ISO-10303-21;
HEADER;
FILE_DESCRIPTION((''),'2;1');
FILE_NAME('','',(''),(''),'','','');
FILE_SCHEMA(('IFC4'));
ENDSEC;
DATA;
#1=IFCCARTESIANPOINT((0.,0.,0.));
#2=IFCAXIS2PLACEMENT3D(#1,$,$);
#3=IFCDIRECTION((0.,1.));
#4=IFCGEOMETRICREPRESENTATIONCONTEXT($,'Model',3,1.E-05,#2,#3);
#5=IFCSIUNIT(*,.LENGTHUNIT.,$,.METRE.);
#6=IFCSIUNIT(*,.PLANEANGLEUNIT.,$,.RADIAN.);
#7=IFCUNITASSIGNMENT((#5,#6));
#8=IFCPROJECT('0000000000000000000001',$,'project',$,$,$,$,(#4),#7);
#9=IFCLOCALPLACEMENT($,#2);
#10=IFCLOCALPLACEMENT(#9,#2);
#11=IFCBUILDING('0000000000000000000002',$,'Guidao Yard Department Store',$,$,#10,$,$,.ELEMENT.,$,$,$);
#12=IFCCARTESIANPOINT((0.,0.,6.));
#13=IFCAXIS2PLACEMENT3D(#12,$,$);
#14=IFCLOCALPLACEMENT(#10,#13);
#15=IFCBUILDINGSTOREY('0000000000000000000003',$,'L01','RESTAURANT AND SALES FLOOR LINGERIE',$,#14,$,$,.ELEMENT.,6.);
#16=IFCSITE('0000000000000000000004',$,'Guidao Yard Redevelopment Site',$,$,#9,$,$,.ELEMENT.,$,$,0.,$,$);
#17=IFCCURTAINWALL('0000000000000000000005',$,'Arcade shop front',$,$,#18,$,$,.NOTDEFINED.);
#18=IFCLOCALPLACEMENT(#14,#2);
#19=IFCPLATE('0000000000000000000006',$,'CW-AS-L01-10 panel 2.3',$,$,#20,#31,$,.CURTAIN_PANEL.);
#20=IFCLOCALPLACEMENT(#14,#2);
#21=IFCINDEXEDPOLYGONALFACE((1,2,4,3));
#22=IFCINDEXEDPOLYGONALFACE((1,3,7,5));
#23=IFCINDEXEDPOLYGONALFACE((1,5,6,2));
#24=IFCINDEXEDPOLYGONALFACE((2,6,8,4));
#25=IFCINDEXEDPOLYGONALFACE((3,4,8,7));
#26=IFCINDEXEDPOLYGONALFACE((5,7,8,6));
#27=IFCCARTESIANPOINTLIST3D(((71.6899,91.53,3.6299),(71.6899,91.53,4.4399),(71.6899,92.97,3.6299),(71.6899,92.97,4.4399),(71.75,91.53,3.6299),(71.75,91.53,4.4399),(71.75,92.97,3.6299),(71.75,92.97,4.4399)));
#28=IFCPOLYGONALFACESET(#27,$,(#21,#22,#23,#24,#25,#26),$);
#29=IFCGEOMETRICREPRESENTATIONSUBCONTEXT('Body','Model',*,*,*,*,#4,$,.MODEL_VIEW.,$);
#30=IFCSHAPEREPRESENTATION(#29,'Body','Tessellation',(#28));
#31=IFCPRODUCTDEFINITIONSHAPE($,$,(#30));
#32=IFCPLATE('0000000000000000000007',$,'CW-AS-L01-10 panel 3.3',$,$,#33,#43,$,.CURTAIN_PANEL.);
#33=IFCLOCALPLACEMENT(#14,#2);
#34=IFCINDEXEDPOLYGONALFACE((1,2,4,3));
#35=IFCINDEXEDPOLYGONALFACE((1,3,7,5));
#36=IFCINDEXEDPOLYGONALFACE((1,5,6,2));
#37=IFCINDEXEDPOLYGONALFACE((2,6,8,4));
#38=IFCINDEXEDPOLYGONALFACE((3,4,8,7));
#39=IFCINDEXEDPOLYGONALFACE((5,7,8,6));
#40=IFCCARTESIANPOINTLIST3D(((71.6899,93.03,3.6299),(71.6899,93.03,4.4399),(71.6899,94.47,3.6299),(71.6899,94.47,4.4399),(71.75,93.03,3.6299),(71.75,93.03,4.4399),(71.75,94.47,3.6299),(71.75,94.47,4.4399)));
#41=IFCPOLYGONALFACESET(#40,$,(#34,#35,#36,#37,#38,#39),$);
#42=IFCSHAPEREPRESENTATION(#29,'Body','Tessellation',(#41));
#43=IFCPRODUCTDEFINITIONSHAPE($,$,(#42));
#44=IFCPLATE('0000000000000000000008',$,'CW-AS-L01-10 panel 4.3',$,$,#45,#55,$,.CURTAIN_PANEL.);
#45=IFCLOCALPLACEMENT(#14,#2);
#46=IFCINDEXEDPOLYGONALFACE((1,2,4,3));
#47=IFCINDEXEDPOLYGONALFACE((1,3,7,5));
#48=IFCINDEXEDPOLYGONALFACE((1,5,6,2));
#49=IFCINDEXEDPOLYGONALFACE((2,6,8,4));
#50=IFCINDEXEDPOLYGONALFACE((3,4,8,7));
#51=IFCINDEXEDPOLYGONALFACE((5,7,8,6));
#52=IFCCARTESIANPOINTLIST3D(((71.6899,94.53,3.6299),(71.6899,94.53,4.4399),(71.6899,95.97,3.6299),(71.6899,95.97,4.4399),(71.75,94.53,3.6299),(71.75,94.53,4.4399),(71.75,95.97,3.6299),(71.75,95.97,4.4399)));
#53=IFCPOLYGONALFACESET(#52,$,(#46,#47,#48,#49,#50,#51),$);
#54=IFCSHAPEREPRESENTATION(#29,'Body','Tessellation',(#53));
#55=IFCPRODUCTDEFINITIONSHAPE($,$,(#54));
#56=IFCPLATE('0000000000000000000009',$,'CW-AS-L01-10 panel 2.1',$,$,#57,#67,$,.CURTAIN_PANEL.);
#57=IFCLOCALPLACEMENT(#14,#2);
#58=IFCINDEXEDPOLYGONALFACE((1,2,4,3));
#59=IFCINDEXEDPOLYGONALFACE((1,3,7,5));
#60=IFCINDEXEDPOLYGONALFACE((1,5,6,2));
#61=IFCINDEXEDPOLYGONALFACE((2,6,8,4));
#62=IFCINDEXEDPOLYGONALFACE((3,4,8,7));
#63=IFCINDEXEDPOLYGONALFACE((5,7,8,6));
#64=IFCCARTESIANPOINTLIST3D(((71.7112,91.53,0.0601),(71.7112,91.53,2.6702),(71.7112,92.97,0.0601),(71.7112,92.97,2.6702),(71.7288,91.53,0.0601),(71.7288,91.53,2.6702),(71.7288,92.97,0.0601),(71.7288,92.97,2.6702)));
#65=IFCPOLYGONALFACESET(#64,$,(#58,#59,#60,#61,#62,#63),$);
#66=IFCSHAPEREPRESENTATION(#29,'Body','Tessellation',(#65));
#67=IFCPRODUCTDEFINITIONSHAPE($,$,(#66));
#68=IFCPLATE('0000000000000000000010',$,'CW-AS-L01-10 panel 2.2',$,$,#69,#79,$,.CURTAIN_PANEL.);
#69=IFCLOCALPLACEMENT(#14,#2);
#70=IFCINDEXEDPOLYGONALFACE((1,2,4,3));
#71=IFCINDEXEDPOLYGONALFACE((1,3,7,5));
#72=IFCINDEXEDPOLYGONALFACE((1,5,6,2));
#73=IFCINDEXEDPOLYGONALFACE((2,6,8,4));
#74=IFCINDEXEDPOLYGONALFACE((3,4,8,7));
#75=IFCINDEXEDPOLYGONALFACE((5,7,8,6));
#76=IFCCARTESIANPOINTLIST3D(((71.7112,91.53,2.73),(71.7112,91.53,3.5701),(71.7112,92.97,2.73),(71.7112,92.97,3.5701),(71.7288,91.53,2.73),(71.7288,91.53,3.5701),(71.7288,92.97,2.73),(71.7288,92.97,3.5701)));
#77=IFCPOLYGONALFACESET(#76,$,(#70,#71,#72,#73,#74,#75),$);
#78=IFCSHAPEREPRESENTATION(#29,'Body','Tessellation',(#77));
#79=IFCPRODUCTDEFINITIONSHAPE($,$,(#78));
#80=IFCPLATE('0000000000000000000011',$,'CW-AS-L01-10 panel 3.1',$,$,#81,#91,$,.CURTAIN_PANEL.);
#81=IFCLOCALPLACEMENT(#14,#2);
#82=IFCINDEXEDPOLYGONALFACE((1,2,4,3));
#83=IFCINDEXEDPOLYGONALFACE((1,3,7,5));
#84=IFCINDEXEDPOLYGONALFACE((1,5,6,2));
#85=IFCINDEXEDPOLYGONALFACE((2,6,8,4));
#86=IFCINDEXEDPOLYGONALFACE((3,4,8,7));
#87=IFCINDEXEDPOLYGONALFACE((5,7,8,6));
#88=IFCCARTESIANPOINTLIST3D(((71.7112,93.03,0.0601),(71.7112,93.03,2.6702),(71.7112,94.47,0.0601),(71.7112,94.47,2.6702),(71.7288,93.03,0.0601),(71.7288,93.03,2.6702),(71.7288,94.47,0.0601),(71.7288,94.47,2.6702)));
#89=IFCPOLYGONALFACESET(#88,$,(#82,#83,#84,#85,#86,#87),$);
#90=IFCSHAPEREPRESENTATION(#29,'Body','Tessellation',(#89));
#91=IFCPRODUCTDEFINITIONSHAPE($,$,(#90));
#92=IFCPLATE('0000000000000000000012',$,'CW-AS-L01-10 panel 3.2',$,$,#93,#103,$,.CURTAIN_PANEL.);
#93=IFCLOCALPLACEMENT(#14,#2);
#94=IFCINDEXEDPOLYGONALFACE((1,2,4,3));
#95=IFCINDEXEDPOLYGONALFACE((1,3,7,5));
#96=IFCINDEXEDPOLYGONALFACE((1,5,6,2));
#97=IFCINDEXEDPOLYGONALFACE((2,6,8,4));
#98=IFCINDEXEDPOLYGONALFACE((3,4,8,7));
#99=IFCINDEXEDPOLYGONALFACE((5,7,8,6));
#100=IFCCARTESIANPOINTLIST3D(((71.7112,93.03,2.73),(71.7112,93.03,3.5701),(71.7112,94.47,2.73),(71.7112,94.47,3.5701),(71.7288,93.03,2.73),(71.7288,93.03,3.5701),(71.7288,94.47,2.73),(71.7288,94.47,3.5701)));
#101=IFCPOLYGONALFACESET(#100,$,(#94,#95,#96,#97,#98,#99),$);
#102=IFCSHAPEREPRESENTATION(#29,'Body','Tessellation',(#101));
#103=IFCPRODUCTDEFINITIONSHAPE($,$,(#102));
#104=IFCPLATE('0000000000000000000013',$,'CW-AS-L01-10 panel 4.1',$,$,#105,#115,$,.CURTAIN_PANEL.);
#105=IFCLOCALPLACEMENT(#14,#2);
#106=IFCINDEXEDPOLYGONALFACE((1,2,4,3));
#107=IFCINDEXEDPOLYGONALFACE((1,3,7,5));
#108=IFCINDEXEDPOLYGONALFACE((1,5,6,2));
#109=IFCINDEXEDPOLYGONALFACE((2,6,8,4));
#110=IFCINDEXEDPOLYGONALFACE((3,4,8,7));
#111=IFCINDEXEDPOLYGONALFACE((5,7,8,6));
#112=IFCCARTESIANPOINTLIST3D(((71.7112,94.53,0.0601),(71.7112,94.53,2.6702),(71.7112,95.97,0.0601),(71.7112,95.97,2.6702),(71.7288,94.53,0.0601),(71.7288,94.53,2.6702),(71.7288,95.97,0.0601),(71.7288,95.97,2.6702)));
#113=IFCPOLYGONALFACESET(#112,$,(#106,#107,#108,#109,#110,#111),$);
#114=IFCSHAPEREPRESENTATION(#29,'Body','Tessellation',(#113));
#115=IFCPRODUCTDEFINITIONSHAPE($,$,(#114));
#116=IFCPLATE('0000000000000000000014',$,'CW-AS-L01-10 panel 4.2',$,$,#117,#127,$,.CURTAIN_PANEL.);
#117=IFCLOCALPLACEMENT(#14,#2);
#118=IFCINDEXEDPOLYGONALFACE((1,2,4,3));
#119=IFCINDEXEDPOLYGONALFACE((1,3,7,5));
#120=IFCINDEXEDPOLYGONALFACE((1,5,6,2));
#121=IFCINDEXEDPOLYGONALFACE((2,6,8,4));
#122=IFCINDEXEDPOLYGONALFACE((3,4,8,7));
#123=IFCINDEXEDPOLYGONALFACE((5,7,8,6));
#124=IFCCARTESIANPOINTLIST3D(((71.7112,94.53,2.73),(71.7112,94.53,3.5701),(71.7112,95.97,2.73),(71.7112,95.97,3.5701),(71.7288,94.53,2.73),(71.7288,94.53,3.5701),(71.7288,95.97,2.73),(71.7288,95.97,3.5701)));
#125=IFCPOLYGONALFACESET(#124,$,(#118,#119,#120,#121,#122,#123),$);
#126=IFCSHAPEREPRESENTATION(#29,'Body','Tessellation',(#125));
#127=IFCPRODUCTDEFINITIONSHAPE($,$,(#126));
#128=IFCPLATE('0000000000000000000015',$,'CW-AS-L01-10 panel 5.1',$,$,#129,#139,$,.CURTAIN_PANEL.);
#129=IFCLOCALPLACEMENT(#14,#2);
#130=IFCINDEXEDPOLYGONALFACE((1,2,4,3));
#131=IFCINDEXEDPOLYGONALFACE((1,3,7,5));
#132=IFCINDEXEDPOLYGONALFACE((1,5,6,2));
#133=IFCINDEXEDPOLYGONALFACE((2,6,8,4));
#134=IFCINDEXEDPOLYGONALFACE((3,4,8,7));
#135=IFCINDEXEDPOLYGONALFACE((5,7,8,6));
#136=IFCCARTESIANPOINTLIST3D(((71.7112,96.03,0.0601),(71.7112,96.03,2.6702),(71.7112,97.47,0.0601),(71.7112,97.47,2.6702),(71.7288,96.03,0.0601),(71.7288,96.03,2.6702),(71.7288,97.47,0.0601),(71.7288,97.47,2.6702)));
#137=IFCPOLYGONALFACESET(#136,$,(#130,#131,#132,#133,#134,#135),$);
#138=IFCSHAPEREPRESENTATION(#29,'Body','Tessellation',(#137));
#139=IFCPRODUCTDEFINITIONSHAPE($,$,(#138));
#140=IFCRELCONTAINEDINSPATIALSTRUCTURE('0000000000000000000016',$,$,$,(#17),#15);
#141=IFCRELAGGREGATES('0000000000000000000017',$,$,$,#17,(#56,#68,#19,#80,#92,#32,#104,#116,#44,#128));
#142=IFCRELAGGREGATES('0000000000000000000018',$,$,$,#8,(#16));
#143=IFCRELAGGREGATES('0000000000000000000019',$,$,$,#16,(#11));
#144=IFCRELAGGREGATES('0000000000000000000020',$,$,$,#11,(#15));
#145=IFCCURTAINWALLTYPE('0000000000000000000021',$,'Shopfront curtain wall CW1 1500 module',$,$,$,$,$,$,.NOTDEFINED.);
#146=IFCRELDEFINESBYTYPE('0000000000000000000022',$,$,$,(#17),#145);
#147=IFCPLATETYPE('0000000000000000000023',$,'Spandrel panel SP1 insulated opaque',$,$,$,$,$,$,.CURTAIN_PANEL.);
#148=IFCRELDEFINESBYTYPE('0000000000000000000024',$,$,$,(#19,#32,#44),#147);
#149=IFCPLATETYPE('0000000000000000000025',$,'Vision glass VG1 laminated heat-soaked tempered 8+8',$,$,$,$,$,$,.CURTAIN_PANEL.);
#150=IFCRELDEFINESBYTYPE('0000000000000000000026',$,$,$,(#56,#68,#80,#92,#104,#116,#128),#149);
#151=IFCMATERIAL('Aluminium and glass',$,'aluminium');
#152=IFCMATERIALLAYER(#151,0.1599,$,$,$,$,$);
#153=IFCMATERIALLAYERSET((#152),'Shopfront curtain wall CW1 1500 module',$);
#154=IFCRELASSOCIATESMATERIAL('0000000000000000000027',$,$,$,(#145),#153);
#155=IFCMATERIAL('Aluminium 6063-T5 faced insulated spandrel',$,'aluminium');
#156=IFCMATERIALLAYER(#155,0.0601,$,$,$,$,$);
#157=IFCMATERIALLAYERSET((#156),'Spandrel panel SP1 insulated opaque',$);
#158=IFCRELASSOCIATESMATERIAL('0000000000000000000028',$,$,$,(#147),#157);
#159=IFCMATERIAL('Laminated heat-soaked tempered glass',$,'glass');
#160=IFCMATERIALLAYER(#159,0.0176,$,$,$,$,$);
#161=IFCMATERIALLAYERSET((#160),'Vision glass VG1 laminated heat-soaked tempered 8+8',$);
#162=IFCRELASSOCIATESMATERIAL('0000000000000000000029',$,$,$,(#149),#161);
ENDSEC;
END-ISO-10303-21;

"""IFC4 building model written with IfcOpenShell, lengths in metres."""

from ifc_helpers import new_model, si_unit, direction, frame, origin, origin_2d, place, context, subcontext, project, spatial, rectangle, extrude, material, layer, layer_set, type_object, element, aggregate, save


model = new_model("IFC4")

# Units and contexts
model_context = context("Model", 3, precision=1e-05, world=origin(), true_north=direction((0.0, 1.0)))
body_context = subcontext(model_context, "Body", "Model", "MODEL_VIEW")
ifc_project = project(units=[si_unit("LENGTHUNIT", "METRE"), si_unit("PLANEANGLEUNIT", "RADIAN")], contexts=[model_context])

# Site, building, storey
site_placement = place(None, origin())
site = spatial("IfcSite", under=ifc_project, at=site_placement, Name="Guidao Yard Redevelopment Site", CompositionType="ELEMENT", RefElevation=0.0)
building_placement = place(site_placement, origin())
building = spatial("IfcBuilding", under=site, at=building_placement, Name="Guidao Yard Department Store", CompositionType="ELEMENT")
storey_placement = place(building_placement, frame((0.0, 0.0, 6.0)))
storey = spatial("IfcBuildingStorey", under=building, at=storey_placement, Name="L01", Description="RESTAURANT AND SALES FLOOR LINGERIE", CompositionType="ELEMENT", Elevation=6.0)

# Curtain wall, plates
ifc_material_1 = material(Name="Aluminium and glass", Category="aluminium")
ifc_layer_1 = layer(ifc_material_1, 0.1599)
ifc_layer_set_1 = layer_set([ifc_layer_1], Name="Shopfront curtain wall CW1 1500 module")
curtain_wall_type = type_object("IfcCurtainWallType", Name="Shopfront curtain wall CW1 1500 module", PredefinedType="NOTDEFINED", material=ifc_layer_set_1)
curtain_wall_placement = place(storey_placement, origin())
curtain_wall = element("IfcCurtainWall", 1, at=curtain_wall_placement, inside=storey, type_object=curtain_wall_type, Name="Arcade shop front", PredefinedType="NOTDEFINED")
ifc_material_2 = material(Name="Aluminium 6063-T5 faced insulated spandrel", Category="aluminium")
ifc_layer_2 = layer(ifc_material_2, 0.0601)
ifc_layer_set_2 = layer_set([ifc_layer_2], Name="Spandrel panel SP1 insulated opaque")
plate_type_1 = type_object("IfcPlateType", Name="Spandrel panel SP1 insulated opaque", PredefinedType="CURTAIN_PANEL", material=ifc_layer_set_2)
plate_1_placement = place(storey_placement, frame((71.72, 92.25, 3.6299), z_axis=(0.0, 0.0, 1.0), x_axis=(0.0, 1.0, 0.0)))
plate_1 = element("IfcPlate", 2, at=plate_1_placement, type_object=plate_type_1, Name="CW-AS-L01-10 panel 2.3", PredefinedType="CURTAIN_PANEL", context=body_context, shape_type="SweptSolid", body=[
    extrude(rectangle(XDim=1.4399, YDim=0.0601, at=origin_2d()), origin(), (0.0, 0.0, 1.0), 0.8101),
])
plate_2_placement = place(storey_placement, frame((71.72, 93.75, 3.6299), z_axis=(0.0, 0.0, 1.0), x_axis=(0.0, 1.0, 0.0)))
plate_2 = element("IfcPlate", 3, at=plate_2_placement, type_object=plate_type_1, Name="CW-AS-L01-10 panel 3.3", PredefinedType="CURTAIN_PANEL", context=body_context, shape_type="SweptSolid", body=[
    extrude(rectangle(XDim=1.4399, YDim=0.0601, at=origin_2d()), origin(), (0.0, 0.0, 1.0), 0.8101),
])
plate_3_placement = place(storey_placement, frame((71.72, 95.25, 3.6299), z_axis=(0.0, 0.0, 1.0), x_axis=(0.0, 1.0, 0.0)))
plate_3 = element("IfcPlate", 4, at=plate_3_placement, type_object=plate_type_1, Name="CW-AS-L01-10 panel 4.3", PredefinedType="CURTAIN_PANEL", context=body_context, shape_type="SweptSolid", body=[
    extrude(rectangle(XDim=1.4399, YDim=0.0601, at=origin_2d()), origin(), (0.0, 0.0, 1.0), 0.8101),
])
ifc_material_3 = material(Name="Laminated heat-soaked tempered glass", Category="glass")
ifc_layer_3 = layer(ifc_material_3, 0.0176)
ifc_layer_set_3 = layer_set([ifc_layer_3], Name="Vision glass VG1 laminated heat-soaked tempered 8+8")
plate_type_2 = type_object("IfcPlateType", Name="Vision glass VG1 laminated heat-soaked tempered 8+8", PredefinedType="CURTAIN_PANEL", material=ifc_layer_set_3)
plate_4_placement = place(storey_placement, frame((71.72, 92.25, 0.0601), z_axis=(0.0, 0.0, 1.0), x_axis=(0.0, 1.0, 0.0)))
plate_4 = element("IfcPlate", 5, at=plate_4_placement, type_object=plate_type_2, Name="CW-AS-L01-10 panel 2.1", PredefinedType="CURTAIN_PANEL", context=body_context, shape_type="SweptSolid", body=[
    extrude(rectangle(XDim=1.4399, YDim=0.0176, at=origin_2d()), origin(), (0.0, 0.0, 1.0), 2.6101),
])
plate_5_placement = place(storey_placement, frame((71.72, 92.25, 2.73), z_axis=(0.0, 0.0, 1.0), x_axis=(0.0, 1.0, 0.0)))
plate_5 = element("IfcPlate", 6, at=plate_5_placement, type_object=plate_type_2, Name="CW-AS-L01-10 panel 2.2", PredefinedType="CURTAIN_PANEL", context=body_context, shape_type="SweptSolid", body=[
    extrude(rectangle(XDim=1.4399, YDim=0.0176, at=origin_2d()), origin(), (0.0, 0.0, 1.0), 0.8401),
])
plate_6_placement = place(storey_placement, frame((71.72, 93.75, 0.0601), z_axis=(0.0, 0.0, 1.0), x_axis=(0.0, 1.0, 0.0)))
plate_6 = element("IfcPlate", 7, at=plate_6_placement, type_object=plate_type_2, Name="CW-AS-L01-10 panel 3.1", PredefinedType="CURTAIN_PANEL", context=body_context, shape_type="SweptSolid", body=[
    extrude(rectangle(XDim=1.4399, YDim=0.0176, at=origin_2d()), origin(), (0.0, 0.0, 1.0), 2.6101),
])
plate_7_placement = place(storey_placement, frame((71.72, 93.75, 2.73), z_axis=(0.0, 0.0, 1.0), x_axis=(0.0, 1.0, 0.0)))
plate_7 = element("IfcPlate", 8, at=plate_7_placement, type_object=plate_type_2, Name="CW-AS-L01-10 panel 3.2", PredefinedType="CURTAIN_PANEL", context=body_context, shape_type="SweptSolid", body=[
    extrude(rectangle(XDim=1.4399, YDim=0.0176, at=origin_2d()), origin(), (0.0, 0.0, 1.0), 0.8401),
])
plate_8_placement = place(storey_placement, frame((71.72, 95.25, 0.0601), z_axis=(0.0, 0.0, 1.0), x_axis=(0.0, 1.0, 0.0)))
plate_8 = element("IfcPlate", 9, at=plate_8_placement, type_object=plate_type_2, Name="CW-AS-L01-10 panel 4.1", PredefinedType="CURTAIN_PANEL", context=body_context, shape_type="SweptSolid", body=[
    extrude(rectangle(XDim=1.4399, YDim=0.0176, at=origin_2d()), origin(), (0.0, 0.0, 1.0), 2.6101),
])
plate_9_placement = place(storey_placement, frame((71.72, 95.25, 2.73), z_axis=(0.0, 0.0, 1.0), x_axis=(0.0, 1.0, 0.0)))
plate_9 = element("IfcPlate", 10, at=plate_9_placement, type_object=plate_type_2, Name="CW-AS-L01-10 panel 4.2", PredefinedType="CURTAIN_PANEL", context=body_context, shape_type="SweptSolid", body=[
    extrude(rectangle(XDim=1.4399, YDim=0.0176, at=origin_2d()), origin(), (0.0, 0.0, 1.0), 0.8401),
])
plate_10_placement = place(storey_placement, frame((71.72, 96.75, 0.0601), z_axis=(0.0, 0.0, 1.0), x_axis=(0.0, 1.0, 0.0)))
plate_10 = element("IfcPlate", 11, at=plate_10_placement, type_object=plate_type_2, Name="CW-AS-L01-10 panel 5.1", PredefinedType="CURTAIN_PANEL", context=body_context, shape_type="SweptSolid", body=[
    extrude(rectangle(XDim=1.4399, YDim=0.0176, at=origin_2d()), origin(), (0.0, 0.0, 1.0), 2.6101),
])
aggregate(curtain_wall, [plate_4, plate_5, plate_1, plate_6, plate_7, plate_2, plate_8, plate_9, plate_3, plate_10])

save(model, "model.ifc")
